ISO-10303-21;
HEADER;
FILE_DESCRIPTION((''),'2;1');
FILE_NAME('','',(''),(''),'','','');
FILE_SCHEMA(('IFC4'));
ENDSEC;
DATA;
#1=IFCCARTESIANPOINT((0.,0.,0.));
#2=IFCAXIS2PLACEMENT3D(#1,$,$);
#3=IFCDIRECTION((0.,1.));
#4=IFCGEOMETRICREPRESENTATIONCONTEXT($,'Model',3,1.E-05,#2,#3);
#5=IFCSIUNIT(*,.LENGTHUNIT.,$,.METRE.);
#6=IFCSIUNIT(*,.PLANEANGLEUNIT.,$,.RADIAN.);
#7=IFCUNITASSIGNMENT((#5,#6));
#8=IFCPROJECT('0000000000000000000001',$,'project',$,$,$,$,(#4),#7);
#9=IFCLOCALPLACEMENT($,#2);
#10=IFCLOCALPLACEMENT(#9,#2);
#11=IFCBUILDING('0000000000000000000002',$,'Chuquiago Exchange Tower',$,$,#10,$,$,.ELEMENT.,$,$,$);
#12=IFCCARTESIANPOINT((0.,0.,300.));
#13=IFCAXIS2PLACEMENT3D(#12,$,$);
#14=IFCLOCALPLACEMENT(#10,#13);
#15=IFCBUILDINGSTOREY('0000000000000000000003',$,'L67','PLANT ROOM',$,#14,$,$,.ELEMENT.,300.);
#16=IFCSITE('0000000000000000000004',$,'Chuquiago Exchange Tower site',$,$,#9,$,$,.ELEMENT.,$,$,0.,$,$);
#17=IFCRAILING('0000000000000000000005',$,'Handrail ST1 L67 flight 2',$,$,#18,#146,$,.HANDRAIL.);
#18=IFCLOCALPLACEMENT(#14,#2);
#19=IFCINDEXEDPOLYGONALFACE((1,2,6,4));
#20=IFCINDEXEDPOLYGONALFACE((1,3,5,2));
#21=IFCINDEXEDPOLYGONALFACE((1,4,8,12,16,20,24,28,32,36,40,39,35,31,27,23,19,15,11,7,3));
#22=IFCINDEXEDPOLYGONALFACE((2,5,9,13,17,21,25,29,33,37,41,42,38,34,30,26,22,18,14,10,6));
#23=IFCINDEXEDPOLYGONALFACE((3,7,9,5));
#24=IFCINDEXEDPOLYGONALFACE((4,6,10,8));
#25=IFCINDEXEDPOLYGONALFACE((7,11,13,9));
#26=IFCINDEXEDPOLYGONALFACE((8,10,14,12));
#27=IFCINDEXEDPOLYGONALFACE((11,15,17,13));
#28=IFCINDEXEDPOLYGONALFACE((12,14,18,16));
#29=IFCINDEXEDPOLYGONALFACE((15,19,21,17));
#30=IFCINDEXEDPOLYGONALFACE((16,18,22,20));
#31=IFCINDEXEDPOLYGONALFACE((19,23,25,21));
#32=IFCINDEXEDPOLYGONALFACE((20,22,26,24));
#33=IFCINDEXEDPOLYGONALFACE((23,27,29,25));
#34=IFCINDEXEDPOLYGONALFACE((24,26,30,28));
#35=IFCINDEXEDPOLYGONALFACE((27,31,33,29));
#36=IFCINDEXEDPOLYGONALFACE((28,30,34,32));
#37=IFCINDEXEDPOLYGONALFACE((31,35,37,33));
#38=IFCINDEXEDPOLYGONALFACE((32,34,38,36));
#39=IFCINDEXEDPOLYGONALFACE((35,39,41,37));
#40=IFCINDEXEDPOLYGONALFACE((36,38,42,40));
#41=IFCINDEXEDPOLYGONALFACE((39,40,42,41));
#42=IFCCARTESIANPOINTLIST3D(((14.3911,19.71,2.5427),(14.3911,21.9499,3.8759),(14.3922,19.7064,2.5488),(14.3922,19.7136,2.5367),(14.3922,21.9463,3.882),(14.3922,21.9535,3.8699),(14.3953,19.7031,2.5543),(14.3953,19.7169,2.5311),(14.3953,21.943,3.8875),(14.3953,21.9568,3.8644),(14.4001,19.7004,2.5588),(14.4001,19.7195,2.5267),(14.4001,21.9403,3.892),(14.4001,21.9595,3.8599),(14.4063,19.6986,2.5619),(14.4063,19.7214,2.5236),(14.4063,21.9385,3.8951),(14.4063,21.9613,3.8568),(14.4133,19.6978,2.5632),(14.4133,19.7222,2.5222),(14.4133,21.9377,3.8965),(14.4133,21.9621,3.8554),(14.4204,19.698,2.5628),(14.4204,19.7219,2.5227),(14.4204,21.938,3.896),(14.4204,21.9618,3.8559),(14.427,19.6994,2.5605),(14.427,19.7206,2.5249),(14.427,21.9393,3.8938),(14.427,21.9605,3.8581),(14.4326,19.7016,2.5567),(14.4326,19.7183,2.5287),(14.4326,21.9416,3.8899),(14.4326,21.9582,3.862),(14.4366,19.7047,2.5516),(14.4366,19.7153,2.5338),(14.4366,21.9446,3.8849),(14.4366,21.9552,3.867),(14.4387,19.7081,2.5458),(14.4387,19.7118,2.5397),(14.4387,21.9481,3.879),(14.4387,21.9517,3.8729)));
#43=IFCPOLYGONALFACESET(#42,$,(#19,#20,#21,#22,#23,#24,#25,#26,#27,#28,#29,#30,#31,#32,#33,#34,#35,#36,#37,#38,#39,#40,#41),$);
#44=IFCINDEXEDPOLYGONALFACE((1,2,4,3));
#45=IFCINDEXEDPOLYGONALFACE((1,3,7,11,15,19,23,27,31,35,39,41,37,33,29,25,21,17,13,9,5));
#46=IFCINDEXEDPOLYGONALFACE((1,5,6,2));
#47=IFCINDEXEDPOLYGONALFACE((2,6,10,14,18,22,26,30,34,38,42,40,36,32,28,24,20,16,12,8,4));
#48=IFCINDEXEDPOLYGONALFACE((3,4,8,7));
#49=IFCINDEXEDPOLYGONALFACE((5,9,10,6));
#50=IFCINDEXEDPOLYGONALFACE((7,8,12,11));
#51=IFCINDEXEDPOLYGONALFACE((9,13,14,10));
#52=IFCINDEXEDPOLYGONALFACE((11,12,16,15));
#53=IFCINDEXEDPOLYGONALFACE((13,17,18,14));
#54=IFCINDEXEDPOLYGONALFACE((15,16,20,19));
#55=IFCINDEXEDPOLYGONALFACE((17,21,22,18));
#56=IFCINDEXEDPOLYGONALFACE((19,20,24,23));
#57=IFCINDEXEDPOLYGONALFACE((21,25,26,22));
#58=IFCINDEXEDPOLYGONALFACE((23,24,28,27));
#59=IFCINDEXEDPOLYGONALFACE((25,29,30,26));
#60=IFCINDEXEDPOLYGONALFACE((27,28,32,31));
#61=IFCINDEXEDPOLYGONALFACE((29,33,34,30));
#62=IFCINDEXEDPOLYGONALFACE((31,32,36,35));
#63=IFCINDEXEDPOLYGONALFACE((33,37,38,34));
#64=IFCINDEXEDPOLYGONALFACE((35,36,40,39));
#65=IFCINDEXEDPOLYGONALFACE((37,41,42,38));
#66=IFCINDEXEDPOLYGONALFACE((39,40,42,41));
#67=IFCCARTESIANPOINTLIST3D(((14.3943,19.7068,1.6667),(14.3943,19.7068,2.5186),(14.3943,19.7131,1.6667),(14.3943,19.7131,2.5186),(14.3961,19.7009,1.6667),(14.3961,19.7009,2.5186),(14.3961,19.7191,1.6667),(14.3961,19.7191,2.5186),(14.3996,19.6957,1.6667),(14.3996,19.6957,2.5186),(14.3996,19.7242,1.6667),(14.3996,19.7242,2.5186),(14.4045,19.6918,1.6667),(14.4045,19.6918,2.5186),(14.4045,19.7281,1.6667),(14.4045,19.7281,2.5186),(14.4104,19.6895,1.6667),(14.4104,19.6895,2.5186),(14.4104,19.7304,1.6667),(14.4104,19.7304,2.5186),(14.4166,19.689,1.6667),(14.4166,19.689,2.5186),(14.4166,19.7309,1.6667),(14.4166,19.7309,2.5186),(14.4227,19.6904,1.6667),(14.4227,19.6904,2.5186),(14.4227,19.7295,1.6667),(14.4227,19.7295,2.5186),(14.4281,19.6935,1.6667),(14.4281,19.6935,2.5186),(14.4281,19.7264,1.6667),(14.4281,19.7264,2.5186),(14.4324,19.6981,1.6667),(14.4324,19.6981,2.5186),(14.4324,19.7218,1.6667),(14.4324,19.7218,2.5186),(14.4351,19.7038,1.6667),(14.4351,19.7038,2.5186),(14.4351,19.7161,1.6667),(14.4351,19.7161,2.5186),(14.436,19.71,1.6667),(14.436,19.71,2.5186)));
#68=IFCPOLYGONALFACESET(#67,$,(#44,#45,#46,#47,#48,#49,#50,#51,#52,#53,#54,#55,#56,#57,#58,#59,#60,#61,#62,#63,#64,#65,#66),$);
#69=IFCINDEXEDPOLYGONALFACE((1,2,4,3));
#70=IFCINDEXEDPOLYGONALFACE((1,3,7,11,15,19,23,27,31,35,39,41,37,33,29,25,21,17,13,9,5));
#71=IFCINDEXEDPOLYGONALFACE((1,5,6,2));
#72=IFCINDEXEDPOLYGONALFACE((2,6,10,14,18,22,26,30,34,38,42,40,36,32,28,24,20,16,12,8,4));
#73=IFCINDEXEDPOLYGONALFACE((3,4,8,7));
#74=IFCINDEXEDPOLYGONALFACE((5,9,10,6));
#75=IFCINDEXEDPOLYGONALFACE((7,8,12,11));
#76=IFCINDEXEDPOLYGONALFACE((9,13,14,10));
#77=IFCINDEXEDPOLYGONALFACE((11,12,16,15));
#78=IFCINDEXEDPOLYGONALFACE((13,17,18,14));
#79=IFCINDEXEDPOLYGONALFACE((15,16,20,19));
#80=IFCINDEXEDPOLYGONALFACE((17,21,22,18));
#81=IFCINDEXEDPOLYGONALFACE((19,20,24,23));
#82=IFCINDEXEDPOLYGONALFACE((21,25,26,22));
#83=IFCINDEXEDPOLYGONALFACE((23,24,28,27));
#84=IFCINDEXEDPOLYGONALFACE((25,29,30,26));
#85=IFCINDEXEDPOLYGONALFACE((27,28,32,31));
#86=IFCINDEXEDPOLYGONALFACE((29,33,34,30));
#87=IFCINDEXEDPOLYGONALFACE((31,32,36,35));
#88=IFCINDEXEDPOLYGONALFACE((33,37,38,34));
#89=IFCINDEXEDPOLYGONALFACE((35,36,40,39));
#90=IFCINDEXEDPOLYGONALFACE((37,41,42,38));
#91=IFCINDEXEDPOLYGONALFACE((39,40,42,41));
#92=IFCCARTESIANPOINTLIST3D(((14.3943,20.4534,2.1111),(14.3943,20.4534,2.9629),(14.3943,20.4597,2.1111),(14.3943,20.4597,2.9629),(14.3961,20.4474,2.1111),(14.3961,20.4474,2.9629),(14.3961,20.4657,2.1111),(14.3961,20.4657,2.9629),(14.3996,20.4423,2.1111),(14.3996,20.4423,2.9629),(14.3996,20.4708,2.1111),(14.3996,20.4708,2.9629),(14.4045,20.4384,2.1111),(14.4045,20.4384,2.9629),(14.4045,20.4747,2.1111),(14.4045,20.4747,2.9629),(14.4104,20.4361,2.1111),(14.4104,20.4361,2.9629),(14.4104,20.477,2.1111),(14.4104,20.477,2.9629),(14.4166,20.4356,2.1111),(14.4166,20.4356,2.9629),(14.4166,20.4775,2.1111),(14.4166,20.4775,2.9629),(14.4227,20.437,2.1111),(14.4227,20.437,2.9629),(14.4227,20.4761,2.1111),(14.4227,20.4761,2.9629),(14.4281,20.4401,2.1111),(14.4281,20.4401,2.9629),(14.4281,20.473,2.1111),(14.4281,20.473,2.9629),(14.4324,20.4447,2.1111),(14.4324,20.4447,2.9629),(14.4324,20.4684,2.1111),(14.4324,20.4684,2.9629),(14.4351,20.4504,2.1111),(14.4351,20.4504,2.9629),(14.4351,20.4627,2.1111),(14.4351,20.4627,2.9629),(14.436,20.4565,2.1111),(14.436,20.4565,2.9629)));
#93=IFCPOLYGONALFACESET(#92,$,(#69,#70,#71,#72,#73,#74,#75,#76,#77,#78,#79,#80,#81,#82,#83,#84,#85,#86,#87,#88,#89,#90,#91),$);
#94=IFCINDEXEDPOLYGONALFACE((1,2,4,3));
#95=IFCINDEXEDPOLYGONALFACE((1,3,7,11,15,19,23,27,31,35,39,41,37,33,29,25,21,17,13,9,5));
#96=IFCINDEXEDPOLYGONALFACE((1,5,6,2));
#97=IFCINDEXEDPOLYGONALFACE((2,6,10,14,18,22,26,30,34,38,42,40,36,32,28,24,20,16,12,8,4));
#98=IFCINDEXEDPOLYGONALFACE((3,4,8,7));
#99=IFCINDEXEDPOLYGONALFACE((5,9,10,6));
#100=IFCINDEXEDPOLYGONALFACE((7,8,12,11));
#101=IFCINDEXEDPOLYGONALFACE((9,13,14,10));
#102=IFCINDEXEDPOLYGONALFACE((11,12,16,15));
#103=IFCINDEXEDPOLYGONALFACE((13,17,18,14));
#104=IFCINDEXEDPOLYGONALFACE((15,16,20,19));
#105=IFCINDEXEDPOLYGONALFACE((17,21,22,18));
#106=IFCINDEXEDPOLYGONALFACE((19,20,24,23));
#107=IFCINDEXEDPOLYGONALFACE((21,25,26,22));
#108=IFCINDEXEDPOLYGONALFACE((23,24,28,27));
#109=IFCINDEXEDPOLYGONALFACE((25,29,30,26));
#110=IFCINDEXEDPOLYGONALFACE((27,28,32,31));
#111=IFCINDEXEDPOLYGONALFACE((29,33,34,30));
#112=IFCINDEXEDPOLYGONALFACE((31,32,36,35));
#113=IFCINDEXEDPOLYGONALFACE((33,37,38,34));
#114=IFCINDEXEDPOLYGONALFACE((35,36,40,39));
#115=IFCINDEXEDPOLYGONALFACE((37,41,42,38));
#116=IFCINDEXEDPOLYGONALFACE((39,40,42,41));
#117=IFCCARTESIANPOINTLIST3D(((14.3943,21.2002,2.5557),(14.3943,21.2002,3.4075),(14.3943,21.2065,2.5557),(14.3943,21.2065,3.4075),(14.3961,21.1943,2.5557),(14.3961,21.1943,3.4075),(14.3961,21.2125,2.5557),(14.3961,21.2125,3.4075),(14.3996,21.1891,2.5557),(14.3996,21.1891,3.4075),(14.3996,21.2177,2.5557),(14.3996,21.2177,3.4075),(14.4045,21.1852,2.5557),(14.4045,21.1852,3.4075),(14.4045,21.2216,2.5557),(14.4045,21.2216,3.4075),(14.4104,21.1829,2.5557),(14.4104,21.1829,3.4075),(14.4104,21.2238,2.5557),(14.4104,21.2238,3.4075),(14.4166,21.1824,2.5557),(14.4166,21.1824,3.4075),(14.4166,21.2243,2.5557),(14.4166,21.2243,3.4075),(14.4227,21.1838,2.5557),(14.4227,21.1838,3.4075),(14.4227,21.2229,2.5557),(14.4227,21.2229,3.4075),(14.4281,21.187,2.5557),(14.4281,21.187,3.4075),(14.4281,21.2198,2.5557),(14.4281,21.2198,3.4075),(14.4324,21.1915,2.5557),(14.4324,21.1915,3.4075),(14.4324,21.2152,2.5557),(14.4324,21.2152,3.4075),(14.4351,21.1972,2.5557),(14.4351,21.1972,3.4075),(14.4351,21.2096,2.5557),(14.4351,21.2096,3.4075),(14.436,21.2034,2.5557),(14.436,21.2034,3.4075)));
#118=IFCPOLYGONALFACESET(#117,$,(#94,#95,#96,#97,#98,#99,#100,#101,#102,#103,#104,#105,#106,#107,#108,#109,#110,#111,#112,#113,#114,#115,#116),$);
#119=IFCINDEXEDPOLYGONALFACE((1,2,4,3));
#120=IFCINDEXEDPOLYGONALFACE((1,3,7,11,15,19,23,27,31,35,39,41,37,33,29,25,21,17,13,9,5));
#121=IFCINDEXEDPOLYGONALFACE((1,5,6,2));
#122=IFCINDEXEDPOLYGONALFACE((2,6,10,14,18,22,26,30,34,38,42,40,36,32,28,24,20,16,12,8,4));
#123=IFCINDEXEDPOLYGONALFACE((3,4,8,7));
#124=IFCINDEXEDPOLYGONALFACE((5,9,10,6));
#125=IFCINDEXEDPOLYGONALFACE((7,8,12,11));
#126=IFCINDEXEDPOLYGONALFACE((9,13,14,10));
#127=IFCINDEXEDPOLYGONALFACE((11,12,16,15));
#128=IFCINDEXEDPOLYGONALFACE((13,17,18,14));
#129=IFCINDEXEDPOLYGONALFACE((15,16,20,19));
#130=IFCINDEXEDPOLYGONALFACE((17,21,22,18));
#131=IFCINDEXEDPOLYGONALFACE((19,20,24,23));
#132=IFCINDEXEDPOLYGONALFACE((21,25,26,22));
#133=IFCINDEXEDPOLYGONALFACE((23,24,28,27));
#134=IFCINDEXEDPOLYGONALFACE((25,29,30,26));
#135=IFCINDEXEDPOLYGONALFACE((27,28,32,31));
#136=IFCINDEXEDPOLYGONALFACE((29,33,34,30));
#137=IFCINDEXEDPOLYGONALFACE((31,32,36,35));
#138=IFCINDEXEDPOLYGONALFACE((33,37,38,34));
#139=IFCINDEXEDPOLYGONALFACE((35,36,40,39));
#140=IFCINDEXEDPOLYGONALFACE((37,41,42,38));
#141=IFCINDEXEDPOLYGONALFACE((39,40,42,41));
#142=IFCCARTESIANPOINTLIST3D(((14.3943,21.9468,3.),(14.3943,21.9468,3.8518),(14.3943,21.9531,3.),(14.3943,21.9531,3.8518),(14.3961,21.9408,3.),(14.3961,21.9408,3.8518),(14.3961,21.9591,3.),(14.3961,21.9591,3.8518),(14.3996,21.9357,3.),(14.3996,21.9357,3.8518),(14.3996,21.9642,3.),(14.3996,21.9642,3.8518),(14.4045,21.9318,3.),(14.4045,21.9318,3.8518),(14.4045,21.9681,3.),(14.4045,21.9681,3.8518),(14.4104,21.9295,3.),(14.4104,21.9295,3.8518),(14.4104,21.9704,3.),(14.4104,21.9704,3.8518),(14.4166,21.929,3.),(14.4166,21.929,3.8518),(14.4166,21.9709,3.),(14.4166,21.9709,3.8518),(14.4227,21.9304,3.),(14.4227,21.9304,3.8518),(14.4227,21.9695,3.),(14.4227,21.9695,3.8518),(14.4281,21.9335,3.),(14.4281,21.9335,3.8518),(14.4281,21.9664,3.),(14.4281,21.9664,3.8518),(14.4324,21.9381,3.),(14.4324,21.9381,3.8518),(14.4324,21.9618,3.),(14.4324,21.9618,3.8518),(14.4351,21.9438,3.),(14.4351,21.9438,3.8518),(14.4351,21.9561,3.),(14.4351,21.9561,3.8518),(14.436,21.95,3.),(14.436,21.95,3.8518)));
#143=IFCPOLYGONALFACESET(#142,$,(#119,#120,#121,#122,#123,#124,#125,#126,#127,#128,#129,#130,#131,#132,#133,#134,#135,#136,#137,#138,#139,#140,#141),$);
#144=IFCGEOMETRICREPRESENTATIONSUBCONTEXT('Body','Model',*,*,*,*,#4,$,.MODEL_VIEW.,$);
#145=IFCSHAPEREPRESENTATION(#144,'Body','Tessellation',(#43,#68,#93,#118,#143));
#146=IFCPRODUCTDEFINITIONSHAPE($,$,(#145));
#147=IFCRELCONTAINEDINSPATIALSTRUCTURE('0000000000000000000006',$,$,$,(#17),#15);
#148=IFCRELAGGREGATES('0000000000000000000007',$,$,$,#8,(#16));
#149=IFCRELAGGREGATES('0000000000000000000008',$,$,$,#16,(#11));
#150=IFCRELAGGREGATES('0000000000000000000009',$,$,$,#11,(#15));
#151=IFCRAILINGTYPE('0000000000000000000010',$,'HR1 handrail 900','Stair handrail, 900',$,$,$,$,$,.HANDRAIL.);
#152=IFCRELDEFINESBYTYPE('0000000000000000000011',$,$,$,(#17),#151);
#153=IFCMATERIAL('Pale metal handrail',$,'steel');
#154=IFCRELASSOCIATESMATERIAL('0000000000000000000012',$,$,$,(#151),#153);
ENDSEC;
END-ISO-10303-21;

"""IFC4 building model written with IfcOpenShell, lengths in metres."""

from ifc_helpers import new_model, si_unit, direction, frame, origin, origin_2d, place, context, subcontext, project, spatial, circle, extrude, material, type_object, element, save


model = new_model("IFC4")

# Units and contexts
model_context = context("Model", 3, precision=1e-05, world=origin(), true_north=direction((0.0, 1.0)))
body_context = subcontext(model_context, "Body", "Model", "MODEL_VIEW")
ifc_project = project(units=[si_unit("LENGTHUNIT", "METRE"), si_unit("PLANEANGLEUNIT", "RADIAN")], contexts=[model_context])

# Site, building, storey
site_placement = place(None, origin())
site = spatial("IfcSite", under=ifc_project, at=site_placement, Name="Chuquiago Exchange Tower site", CompositionType="ELEMENT", RefElevation=0.0)
building_placement = place(site_placement, origin())
building = spatial("IfcBuilding", under=site, at=building_placement, Name="Chuquiago Exchange Tower", CompositionType="ELEMENT")
storey_placement = place(building_placement, frame((0.0, 0.0, 300.0)))
storey = spatial("IfcBuildingStorey", under=building, at=storey_placement, Name="L67", Description="PLANT ROOM", CompositionType="ELEMENT", Elevation=300.0)

# Railing
ifc_material_1 = material(Name="Pale metal handrail", Category="steel")
railing_type_1 = type_object("IfcRailingType", Name="HR1 handrail 900", Description="Stair handrail, 900", PredefinedType="HANDRAIL", material=ifc_material_1)
for number, where, name in (
    (1, (14.415, 19.71, 1.6667), "Handrail ST1 L67 flight 2"),
):
    element("IfcRailing", number, at=place(storey_placement, frame(where)), inside=storey, type_object=railing_type_1, Name=name, PredefinedType="HANDRAIL", context=body_context, shape_type="SweptSolid", body=[
        extrude(circle(Radius=0.0239, at=origin_2d()), frame((0.0, 0.0, 0.876), z_axis=(0.0, 0.859306, 0.511462), x_axis=(-1.0, 0.0, 0.0)), (0.0, 0.0, 1.0), 2.6067),
        extrude(circle(Radius=0.021, at=origin_2d()), origin(), (0.0, 0.0, 1.0), 0.8518),
        extrude(circle(Radius=0.021, at=origin_2d()), frame((0.0, 0.7466, 0.4443)), (0.0, 0.0, 1.0), 0.8518),
        extrude(circle(Radius=0.021, at=origin_2d()), frame((0.0, 1.4934, 0.8889)), (0.0, 0.0, 1.0), 0.8518),
        extrude(circle(Radius=0.021, at=origin_2d()), frame((0.0, 2.24, 1.3333)), (0.0, 0.0, 1.0), 0.8518),
    ])

save(model, "model.ifc")
